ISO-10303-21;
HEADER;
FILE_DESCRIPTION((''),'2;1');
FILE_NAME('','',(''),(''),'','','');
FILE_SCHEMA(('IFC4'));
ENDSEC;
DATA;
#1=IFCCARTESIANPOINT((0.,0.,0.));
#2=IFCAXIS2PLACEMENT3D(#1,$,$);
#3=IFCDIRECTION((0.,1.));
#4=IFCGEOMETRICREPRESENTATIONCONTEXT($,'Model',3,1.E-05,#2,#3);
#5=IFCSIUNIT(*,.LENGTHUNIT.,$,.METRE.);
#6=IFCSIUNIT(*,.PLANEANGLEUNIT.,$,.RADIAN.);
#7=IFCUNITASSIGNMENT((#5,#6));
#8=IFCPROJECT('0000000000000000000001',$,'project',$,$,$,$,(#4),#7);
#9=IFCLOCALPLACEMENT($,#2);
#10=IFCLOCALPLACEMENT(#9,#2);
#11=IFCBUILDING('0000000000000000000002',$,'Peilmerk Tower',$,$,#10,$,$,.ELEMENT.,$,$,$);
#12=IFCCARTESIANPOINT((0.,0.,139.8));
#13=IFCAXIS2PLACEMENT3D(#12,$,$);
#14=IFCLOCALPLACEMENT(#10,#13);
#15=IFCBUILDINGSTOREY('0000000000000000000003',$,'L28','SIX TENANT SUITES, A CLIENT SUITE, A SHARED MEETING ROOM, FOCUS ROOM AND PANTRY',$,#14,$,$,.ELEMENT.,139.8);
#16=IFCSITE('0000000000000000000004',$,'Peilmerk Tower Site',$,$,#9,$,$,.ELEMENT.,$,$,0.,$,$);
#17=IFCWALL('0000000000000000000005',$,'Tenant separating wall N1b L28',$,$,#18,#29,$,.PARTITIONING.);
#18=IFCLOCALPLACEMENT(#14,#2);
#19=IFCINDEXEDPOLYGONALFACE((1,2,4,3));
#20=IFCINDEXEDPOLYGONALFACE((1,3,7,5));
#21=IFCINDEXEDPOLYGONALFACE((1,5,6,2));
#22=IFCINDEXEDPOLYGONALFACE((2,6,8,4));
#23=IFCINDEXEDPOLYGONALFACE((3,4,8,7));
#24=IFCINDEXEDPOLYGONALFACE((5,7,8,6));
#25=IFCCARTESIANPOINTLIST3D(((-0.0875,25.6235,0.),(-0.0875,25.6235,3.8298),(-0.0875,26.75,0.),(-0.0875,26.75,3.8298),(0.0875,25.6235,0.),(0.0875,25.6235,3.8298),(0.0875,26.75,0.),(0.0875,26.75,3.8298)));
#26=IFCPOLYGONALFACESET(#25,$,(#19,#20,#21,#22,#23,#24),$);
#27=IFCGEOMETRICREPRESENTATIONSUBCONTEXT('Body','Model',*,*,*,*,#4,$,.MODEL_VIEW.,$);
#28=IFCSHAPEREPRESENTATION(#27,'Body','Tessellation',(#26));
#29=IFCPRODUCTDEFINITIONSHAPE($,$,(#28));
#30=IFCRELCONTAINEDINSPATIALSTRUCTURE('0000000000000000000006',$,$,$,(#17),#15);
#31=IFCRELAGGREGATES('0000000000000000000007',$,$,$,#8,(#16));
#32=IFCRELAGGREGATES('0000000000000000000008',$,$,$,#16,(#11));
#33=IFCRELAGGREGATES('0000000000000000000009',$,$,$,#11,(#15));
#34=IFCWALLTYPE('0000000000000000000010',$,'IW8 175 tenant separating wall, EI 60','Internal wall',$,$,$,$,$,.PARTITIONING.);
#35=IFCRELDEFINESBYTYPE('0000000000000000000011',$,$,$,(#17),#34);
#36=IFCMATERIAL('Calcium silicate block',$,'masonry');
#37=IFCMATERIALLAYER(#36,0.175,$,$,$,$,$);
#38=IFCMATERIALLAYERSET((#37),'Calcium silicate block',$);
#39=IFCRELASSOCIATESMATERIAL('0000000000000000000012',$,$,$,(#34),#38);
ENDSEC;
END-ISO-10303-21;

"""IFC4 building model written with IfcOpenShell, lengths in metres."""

from ifc_helpers import new_model, si_unit, direction, frame, frame_2d, origin, place, context, subcontext, project, spatial, rectangle, extrude, material, layer, layer_set, type_object, element, save


model = new_model("IFC4")

# Units and contexts
model_context = context("Model", 3, precision=1e-05, world=origin(), true_north=direction((0.0, 1.0)))
body_context = subcontext(model_context, "Body", "Model", "MODEL_VIEW")
ifc_project = project(units=[si_unit("LENGTHUNIT", "METRE"), si_unit("PLANEANGLEUNIT", "RADIAN")], contexts=[model_context])

# Site, building, storey
site_placement = place(None, origin())
site = spatial("IfcSite", under=ifc_project, at=site_placement, Name="Peilmerk Tower Site", CompositionType="ELEMENT", RefElevation=0.0)
building_placement = place(site_placement, origin())
building = spatial("IfcBuilding", under=site, at=building_placement, Name="Peilmerk Tower", CompositionType="ELEMENT")
storey_placement = place(building_placement, frame((0.0, 0.0, 139.8)))
storey = spatial("IfcBuildingStorey", under=building, at=storey_placement, Name="L28", Description="SIX TENANT SUITES, A CLIENT SUITE, A SHARED MEETING ROOM, FOCUS ROOM AND PANTRY", CompositionType="ELEMENT", Elevation=139.8)

# Wall
ifc_material_1 = material(Name="Calcium silicate block", Category="masonry")
ifc_layer_1 = layer(ifc_material_1, 0.175)
ifc_layer_set_1 = layer_set([ifc_layer_1], Name="Calcium silicate block")
wall_type = type_object("IfcWallType", Name="IW8 175 tenant separating wall, EI 60", Description="Internal wall", PredefinedType="PARTITIONING", material=ifc_layer_set_1)
wall_placement = place(storey_placement, frame((0.0, 25.6235, 0.0), z_axis=(0.0, 0.0, 1.0), x_axis=(0.0, 1.0, 0.0)))
element("IfcWall", 1, at=wall_placement, inside=storey, type_object=wall_type, Name="Tenant separating wall N1b L28", PredefinedType="PARTITIONING", context=body_context, shape_type="SweptSolid", body=[
    extrude(rectangle(XDim=1.1265, YDim=0.175, at=frame_2d((0.5632, 0.0))), origin(), (0.0, 0.0, 1.0), 3.8298),
])

save(model, "model.ifc")
